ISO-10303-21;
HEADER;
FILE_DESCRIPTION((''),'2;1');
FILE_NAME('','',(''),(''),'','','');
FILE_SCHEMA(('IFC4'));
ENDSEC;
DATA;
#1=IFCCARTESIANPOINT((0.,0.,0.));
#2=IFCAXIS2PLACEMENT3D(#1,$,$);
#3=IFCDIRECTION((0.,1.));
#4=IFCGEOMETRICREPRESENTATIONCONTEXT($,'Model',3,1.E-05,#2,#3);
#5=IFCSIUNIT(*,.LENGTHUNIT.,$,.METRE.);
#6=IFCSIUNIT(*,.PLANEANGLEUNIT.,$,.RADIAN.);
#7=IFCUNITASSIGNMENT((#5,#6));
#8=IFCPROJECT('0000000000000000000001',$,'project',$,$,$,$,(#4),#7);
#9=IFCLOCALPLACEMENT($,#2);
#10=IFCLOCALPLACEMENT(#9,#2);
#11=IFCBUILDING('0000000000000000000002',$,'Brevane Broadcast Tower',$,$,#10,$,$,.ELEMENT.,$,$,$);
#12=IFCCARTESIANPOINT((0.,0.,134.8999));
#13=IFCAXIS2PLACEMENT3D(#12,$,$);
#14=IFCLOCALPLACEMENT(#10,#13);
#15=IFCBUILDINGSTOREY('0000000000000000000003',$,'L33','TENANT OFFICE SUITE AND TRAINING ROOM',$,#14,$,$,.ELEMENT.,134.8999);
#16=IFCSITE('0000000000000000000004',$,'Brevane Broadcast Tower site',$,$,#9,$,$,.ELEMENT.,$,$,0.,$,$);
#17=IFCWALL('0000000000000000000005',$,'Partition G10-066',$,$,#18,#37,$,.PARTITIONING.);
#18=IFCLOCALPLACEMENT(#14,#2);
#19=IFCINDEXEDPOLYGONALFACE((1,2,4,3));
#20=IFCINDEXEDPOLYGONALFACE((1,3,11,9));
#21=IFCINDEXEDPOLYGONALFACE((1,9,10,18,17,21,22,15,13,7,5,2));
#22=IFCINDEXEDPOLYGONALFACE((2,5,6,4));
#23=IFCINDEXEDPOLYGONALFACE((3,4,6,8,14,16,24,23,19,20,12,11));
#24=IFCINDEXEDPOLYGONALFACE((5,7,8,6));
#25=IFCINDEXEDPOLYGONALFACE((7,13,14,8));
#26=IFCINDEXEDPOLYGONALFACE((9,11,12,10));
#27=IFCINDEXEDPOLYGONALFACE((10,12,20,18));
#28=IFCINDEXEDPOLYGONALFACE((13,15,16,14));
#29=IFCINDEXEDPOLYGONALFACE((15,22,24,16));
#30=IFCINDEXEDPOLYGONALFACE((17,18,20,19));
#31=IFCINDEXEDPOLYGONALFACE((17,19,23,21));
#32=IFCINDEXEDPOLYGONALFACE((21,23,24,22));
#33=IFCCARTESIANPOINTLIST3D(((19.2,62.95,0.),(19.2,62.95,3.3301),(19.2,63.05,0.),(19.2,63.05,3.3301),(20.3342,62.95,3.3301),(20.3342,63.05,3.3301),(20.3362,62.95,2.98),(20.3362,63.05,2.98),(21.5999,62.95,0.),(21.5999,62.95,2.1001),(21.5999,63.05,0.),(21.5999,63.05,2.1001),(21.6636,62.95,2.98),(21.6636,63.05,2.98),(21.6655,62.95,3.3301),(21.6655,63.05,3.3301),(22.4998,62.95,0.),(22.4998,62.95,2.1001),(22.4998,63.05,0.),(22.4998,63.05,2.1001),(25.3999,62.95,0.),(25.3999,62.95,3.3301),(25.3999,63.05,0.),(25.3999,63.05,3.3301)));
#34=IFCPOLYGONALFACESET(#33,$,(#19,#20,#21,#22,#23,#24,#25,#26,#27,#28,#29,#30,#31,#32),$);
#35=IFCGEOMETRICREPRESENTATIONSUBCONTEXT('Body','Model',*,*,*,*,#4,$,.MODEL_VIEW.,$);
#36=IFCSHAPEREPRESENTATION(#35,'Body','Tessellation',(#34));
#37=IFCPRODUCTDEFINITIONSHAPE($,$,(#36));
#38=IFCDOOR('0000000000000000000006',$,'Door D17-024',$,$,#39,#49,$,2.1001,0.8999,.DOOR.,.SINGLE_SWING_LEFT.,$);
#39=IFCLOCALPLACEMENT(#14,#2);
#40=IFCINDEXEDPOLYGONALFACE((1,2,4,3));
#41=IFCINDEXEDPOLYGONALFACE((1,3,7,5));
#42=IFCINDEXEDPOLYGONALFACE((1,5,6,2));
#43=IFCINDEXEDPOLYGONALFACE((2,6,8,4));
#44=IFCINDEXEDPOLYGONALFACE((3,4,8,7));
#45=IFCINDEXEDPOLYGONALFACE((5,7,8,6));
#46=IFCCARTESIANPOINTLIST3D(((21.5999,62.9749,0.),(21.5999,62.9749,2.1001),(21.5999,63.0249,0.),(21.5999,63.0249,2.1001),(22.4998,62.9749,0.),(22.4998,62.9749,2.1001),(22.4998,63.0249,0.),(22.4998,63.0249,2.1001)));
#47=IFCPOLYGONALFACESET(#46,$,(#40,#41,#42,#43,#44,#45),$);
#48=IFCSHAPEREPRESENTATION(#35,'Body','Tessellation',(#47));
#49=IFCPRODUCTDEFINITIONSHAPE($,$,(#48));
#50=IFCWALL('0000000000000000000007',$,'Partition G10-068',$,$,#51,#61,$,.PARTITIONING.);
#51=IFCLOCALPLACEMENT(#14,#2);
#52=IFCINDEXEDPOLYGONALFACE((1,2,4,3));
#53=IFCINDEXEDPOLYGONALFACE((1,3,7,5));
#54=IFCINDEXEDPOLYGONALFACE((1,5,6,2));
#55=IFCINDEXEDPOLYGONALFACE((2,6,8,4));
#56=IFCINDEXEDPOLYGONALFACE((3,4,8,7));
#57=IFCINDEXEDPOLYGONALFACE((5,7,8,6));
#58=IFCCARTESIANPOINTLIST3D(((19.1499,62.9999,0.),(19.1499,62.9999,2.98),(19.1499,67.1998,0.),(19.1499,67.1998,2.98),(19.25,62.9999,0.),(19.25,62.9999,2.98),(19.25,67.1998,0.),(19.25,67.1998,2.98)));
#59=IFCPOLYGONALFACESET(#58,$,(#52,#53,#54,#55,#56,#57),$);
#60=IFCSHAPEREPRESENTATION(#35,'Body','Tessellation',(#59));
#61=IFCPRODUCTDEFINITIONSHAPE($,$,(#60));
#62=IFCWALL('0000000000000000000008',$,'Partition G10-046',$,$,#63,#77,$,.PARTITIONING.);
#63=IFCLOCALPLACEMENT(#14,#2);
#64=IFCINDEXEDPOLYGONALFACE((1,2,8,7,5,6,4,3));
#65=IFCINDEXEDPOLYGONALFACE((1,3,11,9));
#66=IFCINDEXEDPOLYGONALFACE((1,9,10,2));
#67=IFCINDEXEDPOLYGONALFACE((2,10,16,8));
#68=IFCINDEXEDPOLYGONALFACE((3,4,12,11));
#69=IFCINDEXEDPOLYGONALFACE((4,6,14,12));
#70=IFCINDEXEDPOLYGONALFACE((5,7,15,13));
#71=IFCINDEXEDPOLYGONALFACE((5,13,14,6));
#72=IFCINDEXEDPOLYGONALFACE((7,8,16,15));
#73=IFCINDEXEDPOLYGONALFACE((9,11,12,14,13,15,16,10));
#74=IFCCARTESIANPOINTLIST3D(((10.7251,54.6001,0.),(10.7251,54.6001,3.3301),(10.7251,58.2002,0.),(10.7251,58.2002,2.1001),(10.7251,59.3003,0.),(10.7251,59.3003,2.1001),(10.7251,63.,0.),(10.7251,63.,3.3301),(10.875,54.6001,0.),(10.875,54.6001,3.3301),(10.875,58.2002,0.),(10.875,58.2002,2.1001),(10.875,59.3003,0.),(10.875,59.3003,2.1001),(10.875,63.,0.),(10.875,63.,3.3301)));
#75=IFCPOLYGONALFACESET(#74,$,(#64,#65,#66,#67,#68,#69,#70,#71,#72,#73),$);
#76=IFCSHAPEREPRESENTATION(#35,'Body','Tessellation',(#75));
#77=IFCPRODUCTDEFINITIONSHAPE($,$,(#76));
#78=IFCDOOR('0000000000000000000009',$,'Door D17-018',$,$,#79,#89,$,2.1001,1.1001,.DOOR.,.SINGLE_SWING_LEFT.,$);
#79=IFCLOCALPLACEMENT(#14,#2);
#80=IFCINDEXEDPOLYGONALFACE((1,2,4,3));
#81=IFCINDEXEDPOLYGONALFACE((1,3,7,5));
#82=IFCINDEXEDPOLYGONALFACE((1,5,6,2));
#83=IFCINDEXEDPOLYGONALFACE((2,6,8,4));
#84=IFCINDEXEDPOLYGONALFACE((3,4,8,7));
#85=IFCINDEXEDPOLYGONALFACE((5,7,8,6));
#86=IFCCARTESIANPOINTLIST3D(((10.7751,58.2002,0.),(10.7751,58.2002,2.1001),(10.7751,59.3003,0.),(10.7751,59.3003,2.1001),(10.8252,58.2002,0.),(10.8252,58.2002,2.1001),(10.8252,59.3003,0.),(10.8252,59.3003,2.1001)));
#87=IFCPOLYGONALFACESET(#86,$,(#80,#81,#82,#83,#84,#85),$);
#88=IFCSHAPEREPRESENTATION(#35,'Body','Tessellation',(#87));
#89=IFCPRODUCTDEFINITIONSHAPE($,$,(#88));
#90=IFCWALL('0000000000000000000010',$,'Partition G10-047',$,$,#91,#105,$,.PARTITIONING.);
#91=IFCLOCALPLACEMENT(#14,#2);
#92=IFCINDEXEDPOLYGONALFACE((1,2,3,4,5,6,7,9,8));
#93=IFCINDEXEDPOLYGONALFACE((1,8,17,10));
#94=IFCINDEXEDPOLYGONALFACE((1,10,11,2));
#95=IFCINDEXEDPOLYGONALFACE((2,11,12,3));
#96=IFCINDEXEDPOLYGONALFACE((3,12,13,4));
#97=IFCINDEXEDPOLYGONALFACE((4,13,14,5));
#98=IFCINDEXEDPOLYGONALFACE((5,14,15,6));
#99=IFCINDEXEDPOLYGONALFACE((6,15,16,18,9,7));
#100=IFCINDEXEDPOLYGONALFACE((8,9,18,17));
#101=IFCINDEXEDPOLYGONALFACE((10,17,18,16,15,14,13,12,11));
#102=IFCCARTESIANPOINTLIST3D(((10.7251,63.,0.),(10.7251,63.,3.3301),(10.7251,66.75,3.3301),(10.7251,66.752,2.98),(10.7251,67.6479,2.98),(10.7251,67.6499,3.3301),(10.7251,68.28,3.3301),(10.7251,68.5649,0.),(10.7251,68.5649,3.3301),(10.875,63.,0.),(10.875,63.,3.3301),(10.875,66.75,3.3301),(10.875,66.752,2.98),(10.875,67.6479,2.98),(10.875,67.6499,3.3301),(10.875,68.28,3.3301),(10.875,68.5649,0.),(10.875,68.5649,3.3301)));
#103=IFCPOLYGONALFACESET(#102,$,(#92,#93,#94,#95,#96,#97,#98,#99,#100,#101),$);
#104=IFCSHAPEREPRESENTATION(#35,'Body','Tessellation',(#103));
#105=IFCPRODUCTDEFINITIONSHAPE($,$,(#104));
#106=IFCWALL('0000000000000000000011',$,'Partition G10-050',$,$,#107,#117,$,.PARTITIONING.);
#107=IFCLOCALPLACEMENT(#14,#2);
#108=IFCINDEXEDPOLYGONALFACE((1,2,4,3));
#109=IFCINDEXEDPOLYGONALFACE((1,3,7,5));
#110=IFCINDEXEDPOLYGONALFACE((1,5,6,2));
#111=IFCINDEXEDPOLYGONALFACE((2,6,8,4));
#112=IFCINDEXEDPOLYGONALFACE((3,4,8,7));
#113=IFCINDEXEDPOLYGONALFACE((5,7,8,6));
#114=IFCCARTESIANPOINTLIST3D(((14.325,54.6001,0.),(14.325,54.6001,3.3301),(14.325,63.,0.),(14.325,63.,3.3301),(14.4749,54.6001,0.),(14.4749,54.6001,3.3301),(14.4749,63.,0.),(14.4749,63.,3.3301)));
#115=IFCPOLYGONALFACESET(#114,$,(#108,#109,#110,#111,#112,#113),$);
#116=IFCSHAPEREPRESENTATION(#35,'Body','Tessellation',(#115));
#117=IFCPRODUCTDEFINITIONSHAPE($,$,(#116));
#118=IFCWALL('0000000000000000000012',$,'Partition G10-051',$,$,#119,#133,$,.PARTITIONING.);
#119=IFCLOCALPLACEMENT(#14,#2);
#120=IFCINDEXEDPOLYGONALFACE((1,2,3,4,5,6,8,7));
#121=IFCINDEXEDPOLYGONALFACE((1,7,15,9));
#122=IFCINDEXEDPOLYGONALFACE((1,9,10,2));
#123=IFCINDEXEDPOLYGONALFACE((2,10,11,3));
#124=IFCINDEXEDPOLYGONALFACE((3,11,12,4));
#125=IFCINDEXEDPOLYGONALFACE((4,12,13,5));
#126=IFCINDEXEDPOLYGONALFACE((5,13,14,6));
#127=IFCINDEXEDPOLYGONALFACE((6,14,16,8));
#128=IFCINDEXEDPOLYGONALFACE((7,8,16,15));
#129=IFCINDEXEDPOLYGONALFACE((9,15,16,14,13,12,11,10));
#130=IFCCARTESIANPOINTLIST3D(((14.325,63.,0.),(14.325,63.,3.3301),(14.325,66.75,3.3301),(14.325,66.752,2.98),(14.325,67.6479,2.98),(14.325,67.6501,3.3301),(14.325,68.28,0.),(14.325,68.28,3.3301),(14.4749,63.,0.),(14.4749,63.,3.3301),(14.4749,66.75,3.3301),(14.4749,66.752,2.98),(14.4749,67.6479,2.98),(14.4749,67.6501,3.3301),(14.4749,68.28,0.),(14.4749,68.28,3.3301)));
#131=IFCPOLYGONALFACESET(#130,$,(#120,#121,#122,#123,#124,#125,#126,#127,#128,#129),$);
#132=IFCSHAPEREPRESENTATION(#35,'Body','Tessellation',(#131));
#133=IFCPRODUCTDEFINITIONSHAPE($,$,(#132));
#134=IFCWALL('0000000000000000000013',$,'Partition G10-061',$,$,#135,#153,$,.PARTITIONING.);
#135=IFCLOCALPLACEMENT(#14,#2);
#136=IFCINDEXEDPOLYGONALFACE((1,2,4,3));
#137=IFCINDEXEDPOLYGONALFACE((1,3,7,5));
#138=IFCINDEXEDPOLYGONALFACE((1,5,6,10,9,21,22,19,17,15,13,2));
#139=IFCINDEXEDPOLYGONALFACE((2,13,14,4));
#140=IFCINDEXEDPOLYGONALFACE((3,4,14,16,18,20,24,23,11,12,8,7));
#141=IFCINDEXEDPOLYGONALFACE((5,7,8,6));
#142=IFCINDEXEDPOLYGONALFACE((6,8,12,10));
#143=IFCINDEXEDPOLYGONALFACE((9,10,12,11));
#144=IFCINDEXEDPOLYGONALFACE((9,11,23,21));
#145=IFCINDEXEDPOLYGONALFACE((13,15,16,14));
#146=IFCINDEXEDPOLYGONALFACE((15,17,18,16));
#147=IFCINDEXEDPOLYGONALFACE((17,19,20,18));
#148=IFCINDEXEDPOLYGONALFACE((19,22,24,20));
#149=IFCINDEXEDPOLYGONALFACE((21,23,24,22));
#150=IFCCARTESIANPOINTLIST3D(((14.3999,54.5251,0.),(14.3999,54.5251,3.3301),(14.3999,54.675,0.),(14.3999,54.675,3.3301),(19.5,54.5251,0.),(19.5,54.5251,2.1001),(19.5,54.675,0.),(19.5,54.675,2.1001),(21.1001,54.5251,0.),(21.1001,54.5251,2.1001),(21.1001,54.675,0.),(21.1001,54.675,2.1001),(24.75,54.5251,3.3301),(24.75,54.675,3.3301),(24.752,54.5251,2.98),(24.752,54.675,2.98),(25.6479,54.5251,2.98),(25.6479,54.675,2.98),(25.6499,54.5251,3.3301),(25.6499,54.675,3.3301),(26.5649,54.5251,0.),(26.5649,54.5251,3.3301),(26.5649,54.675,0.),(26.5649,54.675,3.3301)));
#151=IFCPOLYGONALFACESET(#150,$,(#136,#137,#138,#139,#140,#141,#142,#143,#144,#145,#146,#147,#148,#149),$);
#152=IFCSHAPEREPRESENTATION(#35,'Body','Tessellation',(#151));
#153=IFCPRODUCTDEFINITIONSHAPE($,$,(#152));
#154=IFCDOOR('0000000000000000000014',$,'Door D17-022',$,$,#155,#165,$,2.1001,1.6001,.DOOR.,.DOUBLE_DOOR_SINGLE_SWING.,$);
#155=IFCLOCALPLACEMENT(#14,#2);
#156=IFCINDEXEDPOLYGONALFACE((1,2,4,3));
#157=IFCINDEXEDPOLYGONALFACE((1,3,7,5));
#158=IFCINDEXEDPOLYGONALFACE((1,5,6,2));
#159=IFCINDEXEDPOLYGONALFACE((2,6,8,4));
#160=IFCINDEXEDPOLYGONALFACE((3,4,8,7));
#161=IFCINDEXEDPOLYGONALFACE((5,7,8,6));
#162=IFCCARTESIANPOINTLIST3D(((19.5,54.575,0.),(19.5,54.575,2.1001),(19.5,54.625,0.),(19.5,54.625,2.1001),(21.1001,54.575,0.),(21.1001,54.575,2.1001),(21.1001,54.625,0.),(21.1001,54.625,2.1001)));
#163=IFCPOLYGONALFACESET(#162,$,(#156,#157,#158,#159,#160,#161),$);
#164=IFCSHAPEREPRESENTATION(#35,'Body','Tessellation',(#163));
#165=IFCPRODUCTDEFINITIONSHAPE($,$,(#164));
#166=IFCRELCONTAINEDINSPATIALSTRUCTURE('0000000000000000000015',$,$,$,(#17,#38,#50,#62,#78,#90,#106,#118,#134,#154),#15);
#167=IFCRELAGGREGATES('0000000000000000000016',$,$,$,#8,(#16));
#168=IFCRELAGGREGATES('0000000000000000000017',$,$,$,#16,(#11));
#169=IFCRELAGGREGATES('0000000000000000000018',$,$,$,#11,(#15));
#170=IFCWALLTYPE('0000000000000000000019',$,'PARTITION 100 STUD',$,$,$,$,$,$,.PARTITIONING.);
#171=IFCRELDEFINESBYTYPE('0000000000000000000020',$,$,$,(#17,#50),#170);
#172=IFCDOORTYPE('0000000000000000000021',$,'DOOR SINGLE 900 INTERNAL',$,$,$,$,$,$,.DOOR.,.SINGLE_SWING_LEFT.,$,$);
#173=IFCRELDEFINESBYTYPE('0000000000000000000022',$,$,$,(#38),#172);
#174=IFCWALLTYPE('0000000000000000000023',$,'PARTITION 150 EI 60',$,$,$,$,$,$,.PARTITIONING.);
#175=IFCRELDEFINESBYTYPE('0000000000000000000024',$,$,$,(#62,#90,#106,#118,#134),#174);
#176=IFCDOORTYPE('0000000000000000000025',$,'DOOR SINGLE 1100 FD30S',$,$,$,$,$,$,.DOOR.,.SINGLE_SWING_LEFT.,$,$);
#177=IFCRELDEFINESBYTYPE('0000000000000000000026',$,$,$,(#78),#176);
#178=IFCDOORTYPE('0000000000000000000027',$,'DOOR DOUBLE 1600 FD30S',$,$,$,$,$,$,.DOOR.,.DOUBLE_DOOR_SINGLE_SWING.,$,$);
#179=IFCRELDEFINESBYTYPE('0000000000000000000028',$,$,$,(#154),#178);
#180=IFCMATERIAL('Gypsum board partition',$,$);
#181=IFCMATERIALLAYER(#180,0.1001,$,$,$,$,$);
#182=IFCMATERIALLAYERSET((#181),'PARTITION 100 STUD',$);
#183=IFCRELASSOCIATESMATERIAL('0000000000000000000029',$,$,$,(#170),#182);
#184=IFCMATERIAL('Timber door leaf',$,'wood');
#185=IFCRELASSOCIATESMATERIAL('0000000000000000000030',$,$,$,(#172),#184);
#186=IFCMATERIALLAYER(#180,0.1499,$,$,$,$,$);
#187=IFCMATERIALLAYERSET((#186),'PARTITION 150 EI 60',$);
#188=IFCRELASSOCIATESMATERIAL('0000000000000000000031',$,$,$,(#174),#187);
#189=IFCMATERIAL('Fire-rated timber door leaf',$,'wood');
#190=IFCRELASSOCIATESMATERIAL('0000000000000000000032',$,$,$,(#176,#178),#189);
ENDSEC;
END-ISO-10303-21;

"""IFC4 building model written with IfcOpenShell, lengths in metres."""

from ifc_helpers import new_model, si_unit, direction, frame, frame_2d, origin, place, context, subcontext, project, spatial, polyline, rectangle, outline, extrude, material, layer, layer_set, type_object, element, fill, save


model = new_model("IFC4")

# Units and contexts
model_context = context("Model", 3, precision=1e-05, world=origin(), true_north=direction((0.0, 1.0)))
body_context = subcontext(model_context, "Body", "Model", "MODEL_VIEW")
ifc_project = project(units=[si_unit("LENGTHUNIT", "METRE"), si_unit("PLANEANGLEUNIT", "RADIAN")], contexts=[model_context])

# Site, building, storey
site_placement = place(None, origin())
site = spatial("IfcSite", under=ifc_project, at=site_placement, Name="Brevane Broadcast Tower site", CompositionType="ELEMENT", RefElevation=0.0)
building_placement = place(site_placement, origin())
building = spatial("IfcBuilding", under=site, at=building_placement, Name="Brevane Broadcast Tower", CompositionType="ELEMENT")
storey_placement = place(building_placement, frame((0.0, 0.0, 134.8999)))
storey = spatial("IfcBuildingStorey", under=building, at=storey_placement, Name="L33", Description="TENANT OFFICE SUITE AND TRAINING ROOM", CompositionType="ELEMENT", Elevation=134.8999)

# Wall, opening, door
ifc_material_1 = material(Name="Gypsum board partition")
ifc_layer_1 = layer(ifc_material_1, 0.1001)
ifc_layer_set_1 = layer_set([ifc_layer_1], Name="PARTITION 100 STUD")
wall_type_1 = type_object("IfcWallType", Name="PARTITION 100 STUD", PredefinedType="PARTITIONING", material=ifc_layer_set_1)
ifc_material_2 = material(Name="Timber door leaf", Category="wood")
wall_1_placement = place(storey_placement, frame((19.2, 63.0, 0.0), z_axis=(0.0, 0.0, 1.0), x_axis=(1.0, 0.0, 0.0)))
wall_1 = element("IfcWall", 1, at=wall_1_placement, inside=storey, type_object=wall_type_1, Name="Partition G10-066", PredefinedType="PARTITIONING", context=body_context, shape_type="SweptSolid", body=[
    extrude(outline(polyline([(0.0, 0.0), (6.2, 0.0), (6.2, 3.3301), (2.4656, 3.3301), (2.4636, 2.98), (1.1362, 2.98), (1.1343, 3.3301), (0.0, 3.3301), (0.0, 0.0)])), frame((0.0, 0.05, 0.0), z_axis=(0.0, -1.0, 0.0), x_axis=(1.0, 0.0, 0.0)), (0.0, 0.0, 1.0), 0.1001),
])
opening_1_placement = place(wall_1_placement, frame((2.3999, 0.0, 0.0)))
opening_1 = element("IfcOpeningElement", 2, at=opening_1_placement, cuts=wall_1, PredefinedType="OPENING", context=body_context, shape_type="SweptSolid", body=[
    extrude(rectangle(XDim=0.8999, YDim=2.1001, at=frame_2d((0.45, 1.05))), frame((0.0, 0.0601, 0.0), z_axis=(0.0, -1.0, 0.0), x_axis=(1.0, 0.0, 0.0)), (0.0, 0.0, 1.0), 0.1201),
])
door_type_1 = type_object("IfcDoorType", Name="DOOR SINGLE 900 INTERNAL", OperationType="SINGLE_SWING_LEFT", PredefinedType="DOOR", material=ifc_material_2)
door_1_placement = place(opening_1_placement, origin())
door_1 = element("IfcDoor", 3, at=door_1_placement, inside=storey, type_object=door_type_1, Name="Door D17-024", OperationType="SINGLE_SWING_LEFT", OverallHeight=2.1001, OverallWidth=0.8999, PredefinedType="DOOR", context=body_context, shape_type="SweptSolid", body=[
    extrude(rectangle(XDim=0.8999, YDim=2.1001, at=frame_2d((0.45, 1.05))), frame((0.0, 0.0249, 0.0), z_axis=(0.0, -1.0, 0.0), x_axis=(1.0, 0.0, 0.0)), (0.0, 0.0, 1.0), 0.05),
])
fill(opening_1, door_1)

# Wall
wall_2_placement = place(storey_placement, frame((19.2, 67.2, 0.0), z_axis=(0.0, 0.0, 1.0), x_axis=(0.0, -1.0, 0.0)))
element("IfcWall", 4, at=wall_2_placement, inside=storey, type_object=wall_type_1, Name="Partition G10-068", PredefinedType="PARTITIONING", context=body_context, shape_type="SweptSolid", body=[
    extrude(rectangle(XDim=4.2, YDim=0.1001, at=frame_2d((2.1001, 0.0))), origin(), (0.0, 0.0, 1.0), 2.98),
])

# Wall, opening, door
ifc_layer_2 = layer(ifc_material_1, 0.1499)
ifc_layer_set_2 = layer_set([ifc_layer_2], Name="PARTITION 150 EI 60")
wall_type_2 = type_object("IfcWallType", Name="PARTITION 150 EI 60", PredefinedType="PARTITIONING", material=ifc_layer_set_2)
wall_3_placement = place(storey_placement, frame((10.8, 54.6001, 0.0), z_axis=(0.0, 0.0, 1.0), x_axis=(0.0, 1.0, 0.0)))
wall_3 = element("IfcWall", 5, at=wall_3_placement, inside=storey, type_object=wall_type_2, Name="Partition G10-046", PredefinedType="PARTITIONING", context=body_context, shape_type="SweptSolid", body=[
    extrude(rectangle(XDim=8.3999, YDim=0.1499, at=frame_2d((4.2, 0.0))), origin(), (0.0, 0.0, 1.0), 3.3301),
])
opening_2_placement = place(wall_3_placement, frame((3.6001, 0.0, 0.0)))
opening_2 = element("IfcOpeningElement", 6, at=opening_2_placement, cuts=wall_3, PredefinedType="OPENING", context=body_context, shape_type="SweptSolid", body=[
    extrude(rectangle(XDim=1.1001, YDim=2.1001, at=frame_2d((0.55, 1.05))), frame((0.0, 0.085, 0.0), z_axis=(0.0, -1.0, 0.0), x_axis=(1.0, 0.0, 0.0)), (0.0, 0.0, 1.0), 0.1699),
])
ifc_material_3 = material(Name="Fire-rated timber door leaf", Category="wood")
door_type_2 = type_object("IfcDoorType", Name="DOOR SINGLE 1100 FD30S", OperationType="SINGLE_SWING_LEFT", PredefinedType="DOOR", material=ifc_material_3)
door_2_placement = place(opening_2_placement, origin())
door_2 = element("IfcDoor", 7, at=door_2_placement, inside=storey, type_object=door_type_2, Name="Door D17-018", OperationType="SINGLE_SWING_LEFT", OverallHeight=2.1001, OverallWidth=1.1001, PredefinedType="DOOR", context=body_context, shape_type="SweptSolid", body=[
    extrude(rectangle(XDim=1.1001, YDim=2.1001, at=frame_2d((0.55, 1.05))), frame((0.0, 0.0249, 0.0), z_axis=(0.0, -1.0, 0.0), x_axis=(1.0, 0.0, 0.0)), (0.0, 0.0, 1.0), 0.05),
])
fill(opening_2, door_2)

# Walls
wall_4_placement = place(storey_placement, frame((10.8, 63.0, 0.0), z_axis=(0.0, 0.0, 1.0), x_axis=(0.0, 1.0, 0.0)))
element("IfcWall", 8, at=wall_4_placement, inside=storey, type_object=wall_type_2, Name="Partition G10-047", PredefinedType="PARTITIONING", context=body_context, shape_type="SweptSolid", body=[
    extrude(outline(polyline([(0.0, 0.0), (5.5649, 0.0), (5.5649, 3.3301), (5.28, 3.3301), (4.6499, 3.3301), (4.6479, 2.98), (3.752, 2.98), (3.75, 3.3301), (0.0, 3.3301), (0.0, 0.0)])), frame((0.0, 0.075, 0.0), z_axis=(0.0, -1.0, 0.0), x_axis=(1.0, 0.0, 0.0)), (0.0, 0.0, 1.0), 0.1499),
])
wall_5_placement = place(storey_placement, frame((14.3999, 63.0, 0.0), z_axis=(0.0, 0.0, 1.0), x_axis=(0.0, -1.0, 0.0)))
element("IfcWall", 9, at=wall_5_placement, inside=storey, type_object=wall_type_2, Name="Partition G10-050", PredefinedType="PARTITIONING", context=body_context, shape_type="SweptSolid", body=[
    extrude(rectangle(XDim=8.3999, YDim=0.1499, at=frame_2d((4.2, 0.0))), origin(), (0.0, 0.0, 1.0), 3.3301),
])
wall_6_placement = place(storey_placement, frame((14.3999, 68.28, 0.0), z_axis=(0.0, 0.0, 1.0), x_axis=(0.0, -1.0, 0.0)))
element("IfcWall", 10, at=wall_6_placement, inside=storey, type_object=wall_type_2, Name="Partition G10-051", PredefinedType="PARTITIONING", context=body_context, shape_type="SweptSolid", body=[
    extrude(outline(polyline([(0.0, 0.0), (5.28, 0.0), (5.28, 3.3301), (1.53, 3.3301), (1.5281, 2.98), (0.6321, 2.98), (0.6299, 3.3301), (0.0, 3.3301), (0.0, 0.0)])), frame((0.0, 0.075, 0.0), z_axis=(0.0, -1.0, 0.0), x_axis=(1.0, 0.0, 0.0)), (0.0, 0.0, 1.0), 0.1499),
])

# Wall, opening, door
wall_7_placement = place(storey_placement, frame((14.3999, 54.6001, 0.0), z_axis=(0.0, 0.0, 1.0), x_axis=(1.0, 0.0, 0.0)))
wall_7 = element("IfcWall", 11, at=wall_7_placement, inside=storey, type_object=wall_type_2, Name="Partition G10-061", PredefinedType="PARTITIONING", context=body_context, shape_type="SweptSolid", body=[
    extrude(outline(polyline([(0.0, 0.0), (12.165, 0.0), (12.165, 3.3301), (11.8999, 3.3301), (11.25, 3.3301), (11.248, 2.98), (10.3521, 2.98), (10.3501, 3.3301), (0.0, 3.3301), (0.0, 0.0)])), frame((0.0, 0.075, 0.0), z_axis=(0.0, -1.0, 0.0), x_axis=(1.0, 0.0, 0.0)), (0.0, 0.0, 1.0), 0.1499),
])
opening_3_placement = place(wall_7_placement, frame((5.1001, 0.0, 0.0)))
opening_3 = element("IfcOpeningElement", 12, at=opening_3_placement, cuts=wall_7, PredefinedType="OPENING", context=body_context, shape_type="SweptSolid", body=[
    extrude(rectangle(XDim=1.6001, YDim=2.1001, at=frame_2d((0.8, 1.05))), frame((0.0, 0.085, 0.0), z_axis=(0.0, -1.0, 0.0), x_axis=(1.0, 0.0, 0.0)), (0.0, 0.0, 1.0), 0.1699),
])
door_type_3 = type_object("IfcDoorType", Name="DOOR DOUBLE 1600 FD30S", OperationType="DOUBLE_DOOR_SINGLE_SWING", PredefinedType="DOOR", material=ifc_material_3)
door_3_placement = place(opening_3_placement, origin())
door_3 = element("IfcDoor", 13, at=door_3_placement, inside=storey, type_object=door_type_3, Name="Door D17-022", OperationType="DOUBLE_DOOR_SINGLE_SWING", OverallHeight=2.1001, OverallWidth=1.6001, PredefinedType="DOOR", context=body_context, shape_type="SweptSolid", body=[
    extrude(rectangle(XDim=1.6001, YDim=2.1001, at=frame_2d((0.8, 1.05))), frame((0.0, 0.0249, 0.0), z_axis=(0.0, -1.0, 0.0), x_axis=(1.0, 0.0, 0.0)), (0.0, 0.0, 1.0), 0.05),
])
fill(opening_3, door_3)

save(model, "model.ifc")
